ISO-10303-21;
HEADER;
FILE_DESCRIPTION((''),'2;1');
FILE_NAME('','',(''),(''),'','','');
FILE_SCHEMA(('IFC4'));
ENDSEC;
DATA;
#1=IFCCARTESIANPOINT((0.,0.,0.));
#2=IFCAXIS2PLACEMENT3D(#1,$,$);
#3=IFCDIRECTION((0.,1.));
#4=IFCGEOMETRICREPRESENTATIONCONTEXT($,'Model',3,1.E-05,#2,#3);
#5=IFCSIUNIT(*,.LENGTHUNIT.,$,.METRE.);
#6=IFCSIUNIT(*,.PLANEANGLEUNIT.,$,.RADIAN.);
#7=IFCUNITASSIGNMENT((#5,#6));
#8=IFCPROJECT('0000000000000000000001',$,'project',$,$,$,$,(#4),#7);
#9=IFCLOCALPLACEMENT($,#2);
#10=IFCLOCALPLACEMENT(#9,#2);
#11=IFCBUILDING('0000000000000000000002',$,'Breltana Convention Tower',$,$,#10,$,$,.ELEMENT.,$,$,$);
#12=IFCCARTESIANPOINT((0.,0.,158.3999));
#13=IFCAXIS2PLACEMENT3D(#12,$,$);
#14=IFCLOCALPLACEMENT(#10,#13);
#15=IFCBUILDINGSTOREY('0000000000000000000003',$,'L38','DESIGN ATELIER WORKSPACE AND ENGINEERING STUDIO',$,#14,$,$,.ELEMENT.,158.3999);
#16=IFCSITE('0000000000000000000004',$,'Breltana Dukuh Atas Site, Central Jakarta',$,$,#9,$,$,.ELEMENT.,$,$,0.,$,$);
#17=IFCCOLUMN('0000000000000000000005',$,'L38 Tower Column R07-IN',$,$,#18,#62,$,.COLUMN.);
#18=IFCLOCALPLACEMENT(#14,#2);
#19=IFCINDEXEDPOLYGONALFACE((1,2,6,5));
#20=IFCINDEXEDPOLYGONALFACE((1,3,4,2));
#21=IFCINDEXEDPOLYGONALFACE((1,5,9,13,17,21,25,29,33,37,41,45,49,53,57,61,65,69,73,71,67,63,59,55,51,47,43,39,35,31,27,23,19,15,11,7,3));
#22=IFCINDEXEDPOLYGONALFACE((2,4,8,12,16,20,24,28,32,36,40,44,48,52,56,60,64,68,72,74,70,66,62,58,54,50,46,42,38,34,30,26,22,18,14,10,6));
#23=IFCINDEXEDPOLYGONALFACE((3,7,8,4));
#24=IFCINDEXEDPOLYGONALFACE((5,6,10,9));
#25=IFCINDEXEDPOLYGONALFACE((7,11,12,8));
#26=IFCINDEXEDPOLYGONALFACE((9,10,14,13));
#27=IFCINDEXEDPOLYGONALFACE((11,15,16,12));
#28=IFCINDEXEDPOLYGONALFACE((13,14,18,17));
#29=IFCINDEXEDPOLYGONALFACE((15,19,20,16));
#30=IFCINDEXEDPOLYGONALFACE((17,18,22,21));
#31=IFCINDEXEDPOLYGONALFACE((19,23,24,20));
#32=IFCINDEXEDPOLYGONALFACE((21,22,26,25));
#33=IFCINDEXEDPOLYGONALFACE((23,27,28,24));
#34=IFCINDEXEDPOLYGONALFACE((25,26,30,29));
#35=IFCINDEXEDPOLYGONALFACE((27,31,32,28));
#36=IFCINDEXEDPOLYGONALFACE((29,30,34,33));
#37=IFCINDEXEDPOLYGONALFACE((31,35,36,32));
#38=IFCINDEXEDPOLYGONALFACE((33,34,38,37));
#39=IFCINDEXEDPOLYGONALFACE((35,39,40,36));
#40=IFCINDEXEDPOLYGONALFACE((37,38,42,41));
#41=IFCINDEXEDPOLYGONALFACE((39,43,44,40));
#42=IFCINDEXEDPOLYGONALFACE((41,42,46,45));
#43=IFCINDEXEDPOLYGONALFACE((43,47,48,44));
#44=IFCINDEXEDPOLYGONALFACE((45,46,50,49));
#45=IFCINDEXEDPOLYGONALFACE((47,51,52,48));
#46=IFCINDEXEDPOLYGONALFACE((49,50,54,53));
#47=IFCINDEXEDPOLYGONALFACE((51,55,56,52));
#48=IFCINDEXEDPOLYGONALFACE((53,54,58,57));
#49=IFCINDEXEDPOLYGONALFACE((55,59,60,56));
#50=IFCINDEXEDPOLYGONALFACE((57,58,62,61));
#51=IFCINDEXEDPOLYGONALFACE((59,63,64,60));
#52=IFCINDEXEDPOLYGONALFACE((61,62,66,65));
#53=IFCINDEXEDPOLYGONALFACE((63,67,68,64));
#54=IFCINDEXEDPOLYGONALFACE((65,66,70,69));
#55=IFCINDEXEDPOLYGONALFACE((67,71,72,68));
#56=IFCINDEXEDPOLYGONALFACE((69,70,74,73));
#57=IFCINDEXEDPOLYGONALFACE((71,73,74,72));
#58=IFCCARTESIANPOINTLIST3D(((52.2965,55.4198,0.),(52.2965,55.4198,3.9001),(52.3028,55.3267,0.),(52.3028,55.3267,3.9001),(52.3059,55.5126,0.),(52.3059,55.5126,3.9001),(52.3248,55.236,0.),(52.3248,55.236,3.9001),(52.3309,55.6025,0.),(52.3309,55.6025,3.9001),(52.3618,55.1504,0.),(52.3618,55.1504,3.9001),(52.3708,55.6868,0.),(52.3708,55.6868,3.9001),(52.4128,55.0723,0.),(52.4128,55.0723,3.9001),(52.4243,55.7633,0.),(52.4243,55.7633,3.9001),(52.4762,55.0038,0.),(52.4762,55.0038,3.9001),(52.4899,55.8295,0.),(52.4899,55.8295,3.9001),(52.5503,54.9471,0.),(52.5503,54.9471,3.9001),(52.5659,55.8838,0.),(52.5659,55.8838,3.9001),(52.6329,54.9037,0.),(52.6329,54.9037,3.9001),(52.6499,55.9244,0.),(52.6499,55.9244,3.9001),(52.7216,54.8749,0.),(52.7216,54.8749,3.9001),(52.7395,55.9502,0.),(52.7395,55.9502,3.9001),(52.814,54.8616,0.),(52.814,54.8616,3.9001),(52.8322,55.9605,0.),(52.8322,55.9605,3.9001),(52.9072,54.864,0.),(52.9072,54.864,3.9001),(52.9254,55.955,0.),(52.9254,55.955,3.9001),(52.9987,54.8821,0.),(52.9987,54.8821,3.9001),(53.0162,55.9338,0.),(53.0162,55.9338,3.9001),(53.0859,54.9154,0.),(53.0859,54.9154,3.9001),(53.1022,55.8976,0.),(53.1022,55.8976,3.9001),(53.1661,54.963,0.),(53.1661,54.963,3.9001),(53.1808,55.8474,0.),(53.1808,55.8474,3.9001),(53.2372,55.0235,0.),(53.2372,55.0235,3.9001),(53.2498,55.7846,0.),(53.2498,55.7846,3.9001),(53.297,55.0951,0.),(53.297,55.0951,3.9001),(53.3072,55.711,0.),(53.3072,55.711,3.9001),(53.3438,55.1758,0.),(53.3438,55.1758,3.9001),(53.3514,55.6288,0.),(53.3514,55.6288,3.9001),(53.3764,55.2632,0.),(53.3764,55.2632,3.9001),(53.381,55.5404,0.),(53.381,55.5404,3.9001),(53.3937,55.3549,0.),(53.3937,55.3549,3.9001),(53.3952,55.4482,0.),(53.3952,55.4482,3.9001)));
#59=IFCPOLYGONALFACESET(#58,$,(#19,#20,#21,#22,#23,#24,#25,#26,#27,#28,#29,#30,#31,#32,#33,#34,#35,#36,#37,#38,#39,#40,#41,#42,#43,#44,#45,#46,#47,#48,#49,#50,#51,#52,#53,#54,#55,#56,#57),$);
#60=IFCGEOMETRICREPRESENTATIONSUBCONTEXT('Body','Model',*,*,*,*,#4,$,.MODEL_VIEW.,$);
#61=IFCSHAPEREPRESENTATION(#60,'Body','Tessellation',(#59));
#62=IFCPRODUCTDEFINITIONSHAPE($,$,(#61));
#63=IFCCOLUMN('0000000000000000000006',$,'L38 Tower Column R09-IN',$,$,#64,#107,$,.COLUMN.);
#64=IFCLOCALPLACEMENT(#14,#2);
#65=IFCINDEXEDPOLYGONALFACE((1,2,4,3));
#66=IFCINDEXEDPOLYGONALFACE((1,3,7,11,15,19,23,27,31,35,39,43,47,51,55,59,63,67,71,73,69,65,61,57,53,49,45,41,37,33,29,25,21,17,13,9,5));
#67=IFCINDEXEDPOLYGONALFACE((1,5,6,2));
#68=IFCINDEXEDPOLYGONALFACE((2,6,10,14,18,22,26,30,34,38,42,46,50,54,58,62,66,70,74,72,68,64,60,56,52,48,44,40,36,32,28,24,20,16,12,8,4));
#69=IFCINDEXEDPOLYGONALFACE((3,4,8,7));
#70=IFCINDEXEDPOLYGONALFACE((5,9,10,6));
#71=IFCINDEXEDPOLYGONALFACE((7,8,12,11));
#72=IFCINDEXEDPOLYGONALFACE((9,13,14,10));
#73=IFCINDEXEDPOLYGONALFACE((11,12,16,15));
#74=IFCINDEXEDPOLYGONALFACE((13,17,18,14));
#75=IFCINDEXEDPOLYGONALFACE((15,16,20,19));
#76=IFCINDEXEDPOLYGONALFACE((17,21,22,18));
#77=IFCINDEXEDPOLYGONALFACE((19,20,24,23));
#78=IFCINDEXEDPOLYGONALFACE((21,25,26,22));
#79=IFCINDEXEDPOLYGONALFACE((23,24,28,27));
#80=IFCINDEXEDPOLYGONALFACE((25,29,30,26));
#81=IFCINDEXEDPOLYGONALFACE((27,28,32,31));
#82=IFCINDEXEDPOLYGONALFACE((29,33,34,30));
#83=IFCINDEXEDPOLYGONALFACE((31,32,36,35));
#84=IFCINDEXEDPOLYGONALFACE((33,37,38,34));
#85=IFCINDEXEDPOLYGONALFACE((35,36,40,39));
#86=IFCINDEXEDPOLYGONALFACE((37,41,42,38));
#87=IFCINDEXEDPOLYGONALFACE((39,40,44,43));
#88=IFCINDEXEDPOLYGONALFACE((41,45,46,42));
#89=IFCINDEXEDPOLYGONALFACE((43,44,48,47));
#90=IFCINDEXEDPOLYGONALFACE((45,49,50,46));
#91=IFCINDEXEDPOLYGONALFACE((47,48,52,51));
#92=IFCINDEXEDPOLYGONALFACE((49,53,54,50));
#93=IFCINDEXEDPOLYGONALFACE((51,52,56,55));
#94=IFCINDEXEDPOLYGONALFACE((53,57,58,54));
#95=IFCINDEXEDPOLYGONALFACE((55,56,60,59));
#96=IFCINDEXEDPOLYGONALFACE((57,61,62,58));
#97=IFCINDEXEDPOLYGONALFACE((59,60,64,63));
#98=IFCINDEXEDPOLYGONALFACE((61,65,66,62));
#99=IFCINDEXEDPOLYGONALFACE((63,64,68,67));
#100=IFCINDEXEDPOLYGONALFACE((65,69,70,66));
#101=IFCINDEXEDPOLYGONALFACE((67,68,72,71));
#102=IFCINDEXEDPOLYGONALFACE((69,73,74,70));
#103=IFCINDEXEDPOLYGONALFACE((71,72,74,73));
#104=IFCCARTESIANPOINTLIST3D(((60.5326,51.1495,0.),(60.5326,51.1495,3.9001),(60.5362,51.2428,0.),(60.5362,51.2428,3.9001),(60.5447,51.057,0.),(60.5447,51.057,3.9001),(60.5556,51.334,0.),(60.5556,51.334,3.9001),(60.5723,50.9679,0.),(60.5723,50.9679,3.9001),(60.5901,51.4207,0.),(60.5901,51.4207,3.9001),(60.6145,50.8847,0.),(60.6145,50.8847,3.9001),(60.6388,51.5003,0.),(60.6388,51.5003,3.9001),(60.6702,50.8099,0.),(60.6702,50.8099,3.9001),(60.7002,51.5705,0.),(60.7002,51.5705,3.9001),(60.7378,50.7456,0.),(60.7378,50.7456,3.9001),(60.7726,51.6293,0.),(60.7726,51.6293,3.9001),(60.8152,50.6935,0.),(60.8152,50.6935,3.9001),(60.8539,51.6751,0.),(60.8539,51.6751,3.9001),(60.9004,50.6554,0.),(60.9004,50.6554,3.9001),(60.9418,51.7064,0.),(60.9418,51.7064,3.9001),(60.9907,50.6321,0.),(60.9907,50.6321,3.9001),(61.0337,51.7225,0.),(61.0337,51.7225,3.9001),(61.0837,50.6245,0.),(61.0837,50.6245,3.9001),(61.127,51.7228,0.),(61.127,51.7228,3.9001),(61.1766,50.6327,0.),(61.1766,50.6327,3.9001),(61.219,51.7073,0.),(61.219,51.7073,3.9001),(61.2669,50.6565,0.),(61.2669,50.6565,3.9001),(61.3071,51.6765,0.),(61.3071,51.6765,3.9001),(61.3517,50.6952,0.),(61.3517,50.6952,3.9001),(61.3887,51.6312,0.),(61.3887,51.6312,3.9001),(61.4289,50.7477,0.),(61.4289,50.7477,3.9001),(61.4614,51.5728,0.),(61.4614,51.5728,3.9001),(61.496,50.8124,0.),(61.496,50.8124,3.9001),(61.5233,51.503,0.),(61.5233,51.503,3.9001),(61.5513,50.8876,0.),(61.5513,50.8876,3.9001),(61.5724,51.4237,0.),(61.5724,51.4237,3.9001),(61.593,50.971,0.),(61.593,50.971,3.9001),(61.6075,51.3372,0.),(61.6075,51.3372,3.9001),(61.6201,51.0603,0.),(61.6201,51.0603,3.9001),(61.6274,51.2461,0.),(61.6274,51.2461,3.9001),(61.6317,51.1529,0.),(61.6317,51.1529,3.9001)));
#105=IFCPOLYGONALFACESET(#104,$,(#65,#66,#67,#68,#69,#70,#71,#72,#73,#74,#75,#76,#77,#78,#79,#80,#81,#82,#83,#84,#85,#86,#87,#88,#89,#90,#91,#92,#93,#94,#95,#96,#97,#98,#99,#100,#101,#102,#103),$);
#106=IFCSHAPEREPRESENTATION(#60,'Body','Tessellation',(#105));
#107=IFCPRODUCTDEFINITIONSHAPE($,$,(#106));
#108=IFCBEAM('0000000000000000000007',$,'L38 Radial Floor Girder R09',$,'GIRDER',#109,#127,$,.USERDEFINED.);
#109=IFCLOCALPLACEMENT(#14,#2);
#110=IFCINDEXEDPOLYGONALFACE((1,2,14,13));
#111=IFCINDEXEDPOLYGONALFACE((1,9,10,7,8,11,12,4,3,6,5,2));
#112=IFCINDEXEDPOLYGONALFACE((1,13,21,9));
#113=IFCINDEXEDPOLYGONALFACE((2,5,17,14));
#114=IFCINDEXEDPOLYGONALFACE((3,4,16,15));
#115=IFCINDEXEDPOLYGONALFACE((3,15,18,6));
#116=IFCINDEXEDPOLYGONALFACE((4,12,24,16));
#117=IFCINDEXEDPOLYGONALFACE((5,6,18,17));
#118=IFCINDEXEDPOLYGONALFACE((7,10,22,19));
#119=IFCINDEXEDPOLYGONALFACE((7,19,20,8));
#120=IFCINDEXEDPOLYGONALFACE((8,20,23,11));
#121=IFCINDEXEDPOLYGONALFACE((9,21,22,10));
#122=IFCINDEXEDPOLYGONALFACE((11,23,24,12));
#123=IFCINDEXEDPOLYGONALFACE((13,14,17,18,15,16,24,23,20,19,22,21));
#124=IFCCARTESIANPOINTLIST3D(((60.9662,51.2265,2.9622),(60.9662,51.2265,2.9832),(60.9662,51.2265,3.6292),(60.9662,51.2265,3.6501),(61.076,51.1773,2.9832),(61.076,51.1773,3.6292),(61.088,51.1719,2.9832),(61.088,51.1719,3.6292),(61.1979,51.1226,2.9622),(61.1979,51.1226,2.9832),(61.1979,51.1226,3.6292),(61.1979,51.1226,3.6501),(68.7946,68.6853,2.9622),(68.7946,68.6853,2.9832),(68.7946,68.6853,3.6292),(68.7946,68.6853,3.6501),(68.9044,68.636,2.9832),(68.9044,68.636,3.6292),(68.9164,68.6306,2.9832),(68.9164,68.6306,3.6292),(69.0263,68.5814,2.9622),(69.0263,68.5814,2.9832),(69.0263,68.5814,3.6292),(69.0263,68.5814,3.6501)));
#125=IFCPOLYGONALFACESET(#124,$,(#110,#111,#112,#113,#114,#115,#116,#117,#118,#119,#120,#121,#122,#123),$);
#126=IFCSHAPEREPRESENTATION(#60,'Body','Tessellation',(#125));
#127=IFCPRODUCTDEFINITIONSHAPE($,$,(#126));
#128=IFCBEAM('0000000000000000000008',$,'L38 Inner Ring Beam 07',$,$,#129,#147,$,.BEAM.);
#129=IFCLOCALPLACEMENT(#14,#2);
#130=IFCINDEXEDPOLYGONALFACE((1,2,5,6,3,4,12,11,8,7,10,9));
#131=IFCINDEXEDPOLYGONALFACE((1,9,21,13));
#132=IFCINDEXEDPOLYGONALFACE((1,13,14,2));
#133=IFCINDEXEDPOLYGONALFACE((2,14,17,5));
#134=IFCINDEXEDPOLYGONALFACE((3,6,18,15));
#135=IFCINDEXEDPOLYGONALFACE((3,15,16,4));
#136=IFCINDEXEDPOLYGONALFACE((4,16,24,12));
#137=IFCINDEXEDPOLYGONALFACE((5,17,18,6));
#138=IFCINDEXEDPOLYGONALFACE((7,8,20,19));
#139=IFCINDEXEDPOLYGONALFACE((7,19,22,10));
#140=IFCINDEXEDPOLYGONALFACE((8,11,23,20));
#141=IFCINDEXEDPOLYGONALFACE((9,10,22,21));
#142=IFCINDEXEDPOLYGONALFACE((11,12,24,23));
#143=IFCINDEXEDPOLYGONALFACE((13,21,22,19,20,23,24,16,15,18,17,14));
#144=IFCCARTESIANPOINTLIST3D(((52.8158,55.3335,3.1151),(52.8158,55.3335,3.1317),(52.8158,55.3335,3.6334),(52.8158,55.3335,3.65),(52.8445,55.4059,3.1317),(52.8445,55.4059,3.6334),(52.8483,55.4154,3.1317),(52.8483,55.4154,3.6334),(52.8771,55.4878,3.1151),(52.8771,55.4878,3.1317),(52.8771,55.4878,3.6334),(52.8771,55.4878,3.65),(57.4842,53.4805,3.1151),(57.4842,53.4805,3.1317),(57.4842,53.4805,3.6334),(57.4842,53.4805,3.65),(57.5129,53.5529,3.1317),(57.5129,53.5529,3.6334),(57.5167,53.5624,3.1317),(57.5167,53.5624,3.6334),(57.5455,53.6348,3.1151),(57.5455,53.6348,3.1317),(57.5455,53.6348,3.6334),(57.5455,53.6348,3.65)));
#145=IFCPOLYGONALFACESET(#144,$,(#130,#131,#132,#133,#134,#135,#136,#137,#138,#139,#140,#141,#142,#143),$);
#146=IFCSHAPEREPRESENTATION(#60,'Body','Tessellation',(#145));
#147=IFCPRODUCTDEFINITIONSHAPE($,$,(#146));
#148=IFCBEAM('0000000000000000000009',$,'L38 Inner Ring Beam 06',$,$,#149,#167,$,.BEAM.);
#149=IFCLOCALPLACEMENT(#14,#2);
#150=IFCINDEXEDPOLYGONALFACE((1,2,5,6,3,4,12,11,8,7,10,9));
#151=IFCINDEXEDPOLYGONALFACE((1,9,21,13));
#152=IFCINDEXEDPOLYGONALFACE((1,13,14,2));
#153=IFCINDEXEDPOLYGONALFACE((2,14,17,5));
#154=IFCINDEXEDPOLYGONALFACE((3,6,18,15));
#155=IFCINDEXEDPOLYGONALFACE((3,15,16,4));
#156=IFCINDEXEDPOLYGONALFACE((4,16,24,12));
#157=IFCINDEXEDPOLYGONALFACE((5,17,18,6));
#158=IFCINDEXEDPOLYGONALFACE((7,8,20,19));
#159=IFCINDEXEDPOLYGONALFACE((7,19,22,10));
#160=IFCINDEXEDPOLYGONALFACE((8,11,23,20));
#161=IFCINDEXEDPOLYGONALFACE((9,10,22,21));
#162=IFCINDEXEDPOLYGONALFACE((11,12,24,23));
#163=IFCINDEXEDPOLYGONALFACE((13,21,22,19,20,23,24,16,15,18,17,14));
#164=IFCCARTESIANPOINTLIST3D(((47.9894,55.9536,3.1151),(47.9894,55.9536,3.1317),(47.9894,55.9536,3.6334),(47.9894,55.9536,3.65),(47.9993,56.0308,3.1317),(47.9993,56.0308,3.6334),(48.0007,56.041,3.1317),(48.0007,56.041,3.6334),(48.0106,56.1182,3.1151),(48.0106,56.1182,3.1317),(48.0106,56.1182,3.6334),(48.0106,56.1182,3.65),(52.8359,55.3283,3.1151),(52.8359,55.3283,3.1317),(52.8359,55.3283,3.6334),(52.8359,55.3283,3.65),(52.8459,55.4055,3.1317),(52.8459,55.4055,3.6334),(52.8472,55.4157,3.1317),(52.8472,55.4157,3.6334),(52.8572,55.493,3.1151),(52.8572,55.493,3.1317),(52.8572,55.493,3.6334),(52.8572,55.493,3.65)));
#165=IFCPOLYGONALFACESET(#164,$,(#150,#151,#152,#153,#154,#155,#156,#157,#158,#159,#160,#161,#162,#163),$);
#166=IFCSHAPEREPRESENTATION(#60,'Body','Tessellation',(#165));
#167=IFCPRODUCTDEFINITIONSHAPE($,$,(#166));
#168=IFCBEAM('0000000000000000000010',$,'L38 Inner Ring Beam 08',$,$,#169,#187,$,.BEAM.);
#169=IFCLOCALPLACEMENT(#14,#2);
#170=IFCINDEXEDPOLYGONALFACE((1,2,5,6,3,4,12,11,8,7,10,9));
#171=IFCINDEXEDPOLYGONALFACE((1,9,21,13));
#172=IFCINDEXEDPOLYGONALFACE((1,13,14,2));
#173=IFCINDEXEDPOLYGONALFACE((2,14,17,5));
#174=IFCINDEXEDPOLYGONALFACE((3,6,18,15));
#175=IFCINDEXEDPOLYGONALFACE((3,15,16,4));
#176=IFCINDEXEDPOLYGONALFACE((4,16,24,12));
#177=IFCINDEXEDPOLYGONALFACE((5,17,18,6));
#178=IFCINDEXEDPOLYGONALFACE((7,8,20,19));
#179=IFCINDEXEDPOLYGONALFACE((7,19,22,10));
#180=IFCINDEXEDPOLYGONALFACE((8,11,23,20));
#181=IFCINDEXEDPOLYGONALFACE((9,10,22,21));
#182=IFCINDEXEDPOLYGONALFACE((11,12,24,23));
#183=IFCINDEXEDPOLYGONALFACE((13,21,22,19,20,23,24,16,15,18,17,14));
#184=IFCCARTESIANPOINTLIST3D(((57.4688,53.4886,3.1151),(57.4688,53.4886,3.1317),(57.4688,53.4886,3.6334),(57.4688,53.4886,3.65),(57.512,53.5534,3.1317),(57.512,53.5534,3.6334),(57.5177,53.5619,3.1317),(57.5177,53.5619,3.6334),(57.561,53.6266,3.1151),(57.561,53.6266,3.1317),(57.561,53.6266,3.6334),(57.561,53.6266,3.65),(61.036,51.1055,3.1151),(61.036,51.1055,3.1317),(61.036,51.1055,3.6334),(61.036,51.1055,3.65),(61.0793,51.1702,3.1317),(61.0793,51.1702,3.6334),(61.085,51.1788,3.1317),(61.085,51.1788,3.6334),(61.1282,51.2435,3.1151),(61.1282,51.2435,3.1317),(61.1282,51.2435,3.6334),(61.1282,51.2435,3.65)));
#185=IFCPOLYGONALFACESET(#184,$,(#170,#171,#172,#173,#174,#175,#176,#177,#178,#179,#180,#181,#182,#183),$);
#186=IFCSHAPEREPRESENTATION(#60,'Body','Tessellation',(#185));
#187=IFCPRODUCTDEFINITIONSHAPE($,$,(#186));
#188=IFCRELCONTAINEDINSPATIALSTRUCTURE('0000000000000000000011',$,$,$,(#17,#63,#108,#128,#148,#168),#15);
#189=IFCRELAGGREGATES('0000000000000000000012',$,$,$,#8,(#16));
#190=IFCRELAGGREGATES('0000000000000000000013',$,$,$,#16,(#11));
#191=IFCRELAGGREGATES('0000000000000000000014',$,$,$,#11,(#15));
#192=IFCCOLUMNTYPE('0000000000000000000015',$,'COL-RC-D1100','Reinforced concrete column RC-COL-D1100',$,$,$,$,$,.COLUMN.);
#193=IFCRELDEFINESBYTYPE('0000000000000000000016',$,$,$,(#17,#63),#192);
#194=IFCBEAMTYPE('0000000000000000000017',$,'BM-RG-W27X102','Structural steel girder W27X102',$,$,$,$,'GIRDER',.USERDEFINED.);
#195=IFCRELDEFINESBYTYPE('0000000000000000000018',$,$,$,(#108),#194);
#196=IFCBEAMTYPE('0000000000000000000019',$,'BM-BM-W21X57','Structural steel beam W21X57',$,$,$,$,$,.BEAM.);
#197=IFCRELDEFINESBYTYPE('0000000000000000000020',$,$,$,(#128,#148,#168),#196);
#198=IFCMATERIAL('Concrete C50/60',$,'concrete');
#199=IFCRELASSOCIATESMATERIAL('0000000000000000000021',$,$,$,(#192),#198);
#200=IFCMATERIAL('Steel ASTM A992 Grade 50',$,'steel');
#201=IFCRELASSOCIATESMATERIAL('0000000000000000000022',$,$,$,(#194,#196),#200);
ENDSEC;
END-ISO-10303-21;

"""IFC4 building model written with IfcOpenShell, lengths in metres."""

from ifc_helpers import new_model, si_unit, direction, frame, origin, origin_2d, place, context, subcontext, project, spatial, circle, i_section, extrude, source, transform, mapped, material, material_profile, profile_set, type_object, element, save


model = new_model("IFC4")

# Units and contexts
model_context = context("Model", 3, precision=1e-05, world=origin(), true_north=direction((0.0, 1.0)))
body_context = subcontext(model_context, "Body", "Model", "MODEL_VIEW")
ifc_project = project(units=[si_unit("LENGTHUNIT", "METRE"), si_unit("PLANEANGLEUNIT", "RADIAN")], contexts=[model_context])

# Site, building, storey
site_placement = place(None, origin())
site = spatial("IfcSite", under=ifc_project, at=site_placement, Name="Breltana Dukuh Atas Site, Central Jakarta", CompositionType="ELEMENT", RefElevation=0.0)
building_placement = place(site_placement, origin())
building = spatial("IfcBuilding", under=site, at=building_placement, Name="Breltana Convention Tower", CompositionType="ELEMENT")
storey_placement = place(building_placement, frame((0.0, 0.0, 158.3999)))
storey = spatial("IfcBuildingStorey", under=building, at=storey_placement, Name="L38", Description="DESIGN ATELIER WORKSPACE AND ENGINEERING STUDIO", CompositionType="ELEMENT", Elevation=158.3999)

# Columns
ifc_material_1 = material(Name="Concrete C50/60", Category="concrete")
ifc_material_profile_1 = material_profile(ifc_material_1, circle(Radius=0.55, at=origin_2d()), Name="RC-COL-D1100")
ifc_profile_set_1 = profile_set([ifc_material_profile_1], Name="Concrete C50/60")
column_type = type_object("IfcColumnType", Name="COL-RC-D1100", Description="Reinforced concrete column RC-COL-D1100", PredefinedType="COLUMN", material=ifc_profile_set_1)
shared_shape_1 = source(origin(), body_context, "Body", "SweptSolid", [
    extrude(circle(Radius=0.55, at=origin_2d()), origin(), (0.0, 0.0, 1.0), 3.9001),
])
for number, where, z_axis, x_axis, name in (
    (1, (52.8464, 55.4106, 0.0), (0.0, 0.0, 1.0), (0.143493, 0.989651, 0.0), "L38 Tower Column R07-IN"),
    (2, (61.082, 51.1746, 0.0), (0.0, 0.0, 1.0), (0.409127, 0.912477, 0.0), "L38 Tower Column R09-IN"),
):
    element("IfcColumn", number, at=place(storey_placement, frame(where, z_axis=z_axis, x_axis=x_axis)), inside=storey, type_object=column_type, Name=name, PredefinedType="COLUMN", context=body_context, shape_type="MappedRepresentation", body=[
        mapped(shared_shape_1, transform((0.0, 0.0, 0.0), scale=1.0)),
    ])

# Beams
ifc_material_2 = material(Name="Steel ASTM A992 Grade 50", Category="steel")
ifc_material_profile_2 = material_profile(ifc_material_2, i_section(OverallWidth=0.2539, OverallDepth=0.688, WebThickness=0.0132, FlangeThickness=0.021, at=origin_2d()), Name="W27X102")
ifc_profile_set_2 = profile_set([ifc_material_profile_2], Name="Steel ASTM A992 Grade 50")
beam_type_1 = type_object("IfcBeamType", Name="BM-RG-W27X102", Description="Structural steel girder W27X102", ElementType="GIRDER", PredefinedType="USERDEFINED", material=ifc_profile_set_2)
shared_shape_2 = source(origin(), body_context, "Body", "SweptSolid", [
    extrude(i_section(OverallWidth=0.2539, OverallDepth=0.688, WebThickness=0.0132, FlangeThickness=0.021, at=origin_2d()), origin(), (0.0, 0.0, 1.0), 19.1335),
])
beam_1_placement = place(storey_placement, frame((61.082, 51.1746, 3.3062), z_axis=(0.409145, 0.91247, 0.0), x_axis=(-0.91247, 0.409145, 0.0)))
element("IfcBeam", 3, at=beam_1_placement, inside=storey, type_object=beam_type_1, Name="L38 Radial Floor Girder R09", ObjectType="GIRDER", PredefinedType="USERDEFINED", context=body_context, shape_type="MappedRepresentation", body=[
    mapped(shared_shape_2, transform((0.0, 0.0, 0.0), scale=1.0)),
])
ifc_material_profile_3 = material_profile(ifc_material_2, i_section(OverallWidth=0.166, OverallDepth=0.5349, WebThickness=0.0103, FlangeThickness=0.0166, at=origin_2d()), Name="W21X57")
ifc_profile_set_3 = profile_set([ifc_material_profile_3], Name="Steel ASTM A992 Grade 50")
beam_type_2 = type_object("IfcBeamType", Name="BM-BM-W21X57", Description="Structural steel beam W21X57", PredefinedType="BEAM", material=ifc_profile_set_3)
shared_shape_3 = source(origin(), body_context, "Body", "SweptSolid", [
    extrude(i_section(OverallWidth=0.166, OverallDepth=0.5349, WebThickness=0.0103, FlangeThickness=0.0166, at=origin_2d()), origin(), (0.0, 0.0, 1.0), 5.0227),
])
beam_2_placement = place(storey_placement, frame((52.8464, 55.4106, 3.3826), z_axis=(0.929459, -0.368926, 0.0), x_axis=(0.368926, 0.929459, 0.0)))
element("IfcBeam", 4, at=beam_2_placement, inside=storey, type_object=beam_type_2, Name="L38 Inner Ring Beam 07", PredefinedType="BEAM", context=body_context, shape_type="MappedRepresentation", body=[
    mapped(shared_shape_3, transform((0.0, 0.0, 0.0), scale=1.0)),
])
shared_shape_4 = source(origin(), body_context, "Body", "SweptSolid", [
    extrude(i_section(OverallWidth=0.166, OverallDepth=0.5349, WebThickness=0.0103, FlangeThickness=0.0166, at=origin_2d()), origin(), (0.0, 0.0, 1.0), 4.8867),
])
beam_3_placement = place(storey_placement, frame((48.0, 56.0359, 3.3826), z_axis=(0.991781, -0.127951, 0.0), x_axis=(0.127951, 0.991781, 0.0)))
element("IfcBeam", 5, at=beam_3_placement, inside=storey, type_object=beam_type_2, Name="L38 Inner Ring Beam 06", PredefinedType="BEAM", context=body_context, shape_type="MappedRepresentation", body=[
    mapped(shared_shape_4, transform((0.0, 0.0, 0.0), scale=1.0)),
])
shared_shape_5 = source(origin(), body_context, "Body", "SweptSolid", [
    extrude(i_section(OverallWidth=0.166, OverallDepth=0.5349, WebThickness=0.0103, FlangeThickness=0.0166, at=origin_2d()), origin(), (0.0, 0.0, 1.0), 4.29),
])
beam_4_placement = place(storey_placement, frame((57.5149, 53.5576, 3.3826), z_axis=(0.831516, -0.555501, 0.0), x_axis=(0.555501, 0.831516, 0.0)))
element("IfcBeam", 6, at=beam_4_placement, inside=storey, type_object=beam_type_2, Name="L38 Inner Ring Beam 08", PredefinedType="BEAM", context=body_context, shape_type="MappedRepresentation", body=[
    mapped(shared_shape_5, transform((0.0, 0.0, 0.0), scale=1.0)),
])

save(model, "model.ifc")
